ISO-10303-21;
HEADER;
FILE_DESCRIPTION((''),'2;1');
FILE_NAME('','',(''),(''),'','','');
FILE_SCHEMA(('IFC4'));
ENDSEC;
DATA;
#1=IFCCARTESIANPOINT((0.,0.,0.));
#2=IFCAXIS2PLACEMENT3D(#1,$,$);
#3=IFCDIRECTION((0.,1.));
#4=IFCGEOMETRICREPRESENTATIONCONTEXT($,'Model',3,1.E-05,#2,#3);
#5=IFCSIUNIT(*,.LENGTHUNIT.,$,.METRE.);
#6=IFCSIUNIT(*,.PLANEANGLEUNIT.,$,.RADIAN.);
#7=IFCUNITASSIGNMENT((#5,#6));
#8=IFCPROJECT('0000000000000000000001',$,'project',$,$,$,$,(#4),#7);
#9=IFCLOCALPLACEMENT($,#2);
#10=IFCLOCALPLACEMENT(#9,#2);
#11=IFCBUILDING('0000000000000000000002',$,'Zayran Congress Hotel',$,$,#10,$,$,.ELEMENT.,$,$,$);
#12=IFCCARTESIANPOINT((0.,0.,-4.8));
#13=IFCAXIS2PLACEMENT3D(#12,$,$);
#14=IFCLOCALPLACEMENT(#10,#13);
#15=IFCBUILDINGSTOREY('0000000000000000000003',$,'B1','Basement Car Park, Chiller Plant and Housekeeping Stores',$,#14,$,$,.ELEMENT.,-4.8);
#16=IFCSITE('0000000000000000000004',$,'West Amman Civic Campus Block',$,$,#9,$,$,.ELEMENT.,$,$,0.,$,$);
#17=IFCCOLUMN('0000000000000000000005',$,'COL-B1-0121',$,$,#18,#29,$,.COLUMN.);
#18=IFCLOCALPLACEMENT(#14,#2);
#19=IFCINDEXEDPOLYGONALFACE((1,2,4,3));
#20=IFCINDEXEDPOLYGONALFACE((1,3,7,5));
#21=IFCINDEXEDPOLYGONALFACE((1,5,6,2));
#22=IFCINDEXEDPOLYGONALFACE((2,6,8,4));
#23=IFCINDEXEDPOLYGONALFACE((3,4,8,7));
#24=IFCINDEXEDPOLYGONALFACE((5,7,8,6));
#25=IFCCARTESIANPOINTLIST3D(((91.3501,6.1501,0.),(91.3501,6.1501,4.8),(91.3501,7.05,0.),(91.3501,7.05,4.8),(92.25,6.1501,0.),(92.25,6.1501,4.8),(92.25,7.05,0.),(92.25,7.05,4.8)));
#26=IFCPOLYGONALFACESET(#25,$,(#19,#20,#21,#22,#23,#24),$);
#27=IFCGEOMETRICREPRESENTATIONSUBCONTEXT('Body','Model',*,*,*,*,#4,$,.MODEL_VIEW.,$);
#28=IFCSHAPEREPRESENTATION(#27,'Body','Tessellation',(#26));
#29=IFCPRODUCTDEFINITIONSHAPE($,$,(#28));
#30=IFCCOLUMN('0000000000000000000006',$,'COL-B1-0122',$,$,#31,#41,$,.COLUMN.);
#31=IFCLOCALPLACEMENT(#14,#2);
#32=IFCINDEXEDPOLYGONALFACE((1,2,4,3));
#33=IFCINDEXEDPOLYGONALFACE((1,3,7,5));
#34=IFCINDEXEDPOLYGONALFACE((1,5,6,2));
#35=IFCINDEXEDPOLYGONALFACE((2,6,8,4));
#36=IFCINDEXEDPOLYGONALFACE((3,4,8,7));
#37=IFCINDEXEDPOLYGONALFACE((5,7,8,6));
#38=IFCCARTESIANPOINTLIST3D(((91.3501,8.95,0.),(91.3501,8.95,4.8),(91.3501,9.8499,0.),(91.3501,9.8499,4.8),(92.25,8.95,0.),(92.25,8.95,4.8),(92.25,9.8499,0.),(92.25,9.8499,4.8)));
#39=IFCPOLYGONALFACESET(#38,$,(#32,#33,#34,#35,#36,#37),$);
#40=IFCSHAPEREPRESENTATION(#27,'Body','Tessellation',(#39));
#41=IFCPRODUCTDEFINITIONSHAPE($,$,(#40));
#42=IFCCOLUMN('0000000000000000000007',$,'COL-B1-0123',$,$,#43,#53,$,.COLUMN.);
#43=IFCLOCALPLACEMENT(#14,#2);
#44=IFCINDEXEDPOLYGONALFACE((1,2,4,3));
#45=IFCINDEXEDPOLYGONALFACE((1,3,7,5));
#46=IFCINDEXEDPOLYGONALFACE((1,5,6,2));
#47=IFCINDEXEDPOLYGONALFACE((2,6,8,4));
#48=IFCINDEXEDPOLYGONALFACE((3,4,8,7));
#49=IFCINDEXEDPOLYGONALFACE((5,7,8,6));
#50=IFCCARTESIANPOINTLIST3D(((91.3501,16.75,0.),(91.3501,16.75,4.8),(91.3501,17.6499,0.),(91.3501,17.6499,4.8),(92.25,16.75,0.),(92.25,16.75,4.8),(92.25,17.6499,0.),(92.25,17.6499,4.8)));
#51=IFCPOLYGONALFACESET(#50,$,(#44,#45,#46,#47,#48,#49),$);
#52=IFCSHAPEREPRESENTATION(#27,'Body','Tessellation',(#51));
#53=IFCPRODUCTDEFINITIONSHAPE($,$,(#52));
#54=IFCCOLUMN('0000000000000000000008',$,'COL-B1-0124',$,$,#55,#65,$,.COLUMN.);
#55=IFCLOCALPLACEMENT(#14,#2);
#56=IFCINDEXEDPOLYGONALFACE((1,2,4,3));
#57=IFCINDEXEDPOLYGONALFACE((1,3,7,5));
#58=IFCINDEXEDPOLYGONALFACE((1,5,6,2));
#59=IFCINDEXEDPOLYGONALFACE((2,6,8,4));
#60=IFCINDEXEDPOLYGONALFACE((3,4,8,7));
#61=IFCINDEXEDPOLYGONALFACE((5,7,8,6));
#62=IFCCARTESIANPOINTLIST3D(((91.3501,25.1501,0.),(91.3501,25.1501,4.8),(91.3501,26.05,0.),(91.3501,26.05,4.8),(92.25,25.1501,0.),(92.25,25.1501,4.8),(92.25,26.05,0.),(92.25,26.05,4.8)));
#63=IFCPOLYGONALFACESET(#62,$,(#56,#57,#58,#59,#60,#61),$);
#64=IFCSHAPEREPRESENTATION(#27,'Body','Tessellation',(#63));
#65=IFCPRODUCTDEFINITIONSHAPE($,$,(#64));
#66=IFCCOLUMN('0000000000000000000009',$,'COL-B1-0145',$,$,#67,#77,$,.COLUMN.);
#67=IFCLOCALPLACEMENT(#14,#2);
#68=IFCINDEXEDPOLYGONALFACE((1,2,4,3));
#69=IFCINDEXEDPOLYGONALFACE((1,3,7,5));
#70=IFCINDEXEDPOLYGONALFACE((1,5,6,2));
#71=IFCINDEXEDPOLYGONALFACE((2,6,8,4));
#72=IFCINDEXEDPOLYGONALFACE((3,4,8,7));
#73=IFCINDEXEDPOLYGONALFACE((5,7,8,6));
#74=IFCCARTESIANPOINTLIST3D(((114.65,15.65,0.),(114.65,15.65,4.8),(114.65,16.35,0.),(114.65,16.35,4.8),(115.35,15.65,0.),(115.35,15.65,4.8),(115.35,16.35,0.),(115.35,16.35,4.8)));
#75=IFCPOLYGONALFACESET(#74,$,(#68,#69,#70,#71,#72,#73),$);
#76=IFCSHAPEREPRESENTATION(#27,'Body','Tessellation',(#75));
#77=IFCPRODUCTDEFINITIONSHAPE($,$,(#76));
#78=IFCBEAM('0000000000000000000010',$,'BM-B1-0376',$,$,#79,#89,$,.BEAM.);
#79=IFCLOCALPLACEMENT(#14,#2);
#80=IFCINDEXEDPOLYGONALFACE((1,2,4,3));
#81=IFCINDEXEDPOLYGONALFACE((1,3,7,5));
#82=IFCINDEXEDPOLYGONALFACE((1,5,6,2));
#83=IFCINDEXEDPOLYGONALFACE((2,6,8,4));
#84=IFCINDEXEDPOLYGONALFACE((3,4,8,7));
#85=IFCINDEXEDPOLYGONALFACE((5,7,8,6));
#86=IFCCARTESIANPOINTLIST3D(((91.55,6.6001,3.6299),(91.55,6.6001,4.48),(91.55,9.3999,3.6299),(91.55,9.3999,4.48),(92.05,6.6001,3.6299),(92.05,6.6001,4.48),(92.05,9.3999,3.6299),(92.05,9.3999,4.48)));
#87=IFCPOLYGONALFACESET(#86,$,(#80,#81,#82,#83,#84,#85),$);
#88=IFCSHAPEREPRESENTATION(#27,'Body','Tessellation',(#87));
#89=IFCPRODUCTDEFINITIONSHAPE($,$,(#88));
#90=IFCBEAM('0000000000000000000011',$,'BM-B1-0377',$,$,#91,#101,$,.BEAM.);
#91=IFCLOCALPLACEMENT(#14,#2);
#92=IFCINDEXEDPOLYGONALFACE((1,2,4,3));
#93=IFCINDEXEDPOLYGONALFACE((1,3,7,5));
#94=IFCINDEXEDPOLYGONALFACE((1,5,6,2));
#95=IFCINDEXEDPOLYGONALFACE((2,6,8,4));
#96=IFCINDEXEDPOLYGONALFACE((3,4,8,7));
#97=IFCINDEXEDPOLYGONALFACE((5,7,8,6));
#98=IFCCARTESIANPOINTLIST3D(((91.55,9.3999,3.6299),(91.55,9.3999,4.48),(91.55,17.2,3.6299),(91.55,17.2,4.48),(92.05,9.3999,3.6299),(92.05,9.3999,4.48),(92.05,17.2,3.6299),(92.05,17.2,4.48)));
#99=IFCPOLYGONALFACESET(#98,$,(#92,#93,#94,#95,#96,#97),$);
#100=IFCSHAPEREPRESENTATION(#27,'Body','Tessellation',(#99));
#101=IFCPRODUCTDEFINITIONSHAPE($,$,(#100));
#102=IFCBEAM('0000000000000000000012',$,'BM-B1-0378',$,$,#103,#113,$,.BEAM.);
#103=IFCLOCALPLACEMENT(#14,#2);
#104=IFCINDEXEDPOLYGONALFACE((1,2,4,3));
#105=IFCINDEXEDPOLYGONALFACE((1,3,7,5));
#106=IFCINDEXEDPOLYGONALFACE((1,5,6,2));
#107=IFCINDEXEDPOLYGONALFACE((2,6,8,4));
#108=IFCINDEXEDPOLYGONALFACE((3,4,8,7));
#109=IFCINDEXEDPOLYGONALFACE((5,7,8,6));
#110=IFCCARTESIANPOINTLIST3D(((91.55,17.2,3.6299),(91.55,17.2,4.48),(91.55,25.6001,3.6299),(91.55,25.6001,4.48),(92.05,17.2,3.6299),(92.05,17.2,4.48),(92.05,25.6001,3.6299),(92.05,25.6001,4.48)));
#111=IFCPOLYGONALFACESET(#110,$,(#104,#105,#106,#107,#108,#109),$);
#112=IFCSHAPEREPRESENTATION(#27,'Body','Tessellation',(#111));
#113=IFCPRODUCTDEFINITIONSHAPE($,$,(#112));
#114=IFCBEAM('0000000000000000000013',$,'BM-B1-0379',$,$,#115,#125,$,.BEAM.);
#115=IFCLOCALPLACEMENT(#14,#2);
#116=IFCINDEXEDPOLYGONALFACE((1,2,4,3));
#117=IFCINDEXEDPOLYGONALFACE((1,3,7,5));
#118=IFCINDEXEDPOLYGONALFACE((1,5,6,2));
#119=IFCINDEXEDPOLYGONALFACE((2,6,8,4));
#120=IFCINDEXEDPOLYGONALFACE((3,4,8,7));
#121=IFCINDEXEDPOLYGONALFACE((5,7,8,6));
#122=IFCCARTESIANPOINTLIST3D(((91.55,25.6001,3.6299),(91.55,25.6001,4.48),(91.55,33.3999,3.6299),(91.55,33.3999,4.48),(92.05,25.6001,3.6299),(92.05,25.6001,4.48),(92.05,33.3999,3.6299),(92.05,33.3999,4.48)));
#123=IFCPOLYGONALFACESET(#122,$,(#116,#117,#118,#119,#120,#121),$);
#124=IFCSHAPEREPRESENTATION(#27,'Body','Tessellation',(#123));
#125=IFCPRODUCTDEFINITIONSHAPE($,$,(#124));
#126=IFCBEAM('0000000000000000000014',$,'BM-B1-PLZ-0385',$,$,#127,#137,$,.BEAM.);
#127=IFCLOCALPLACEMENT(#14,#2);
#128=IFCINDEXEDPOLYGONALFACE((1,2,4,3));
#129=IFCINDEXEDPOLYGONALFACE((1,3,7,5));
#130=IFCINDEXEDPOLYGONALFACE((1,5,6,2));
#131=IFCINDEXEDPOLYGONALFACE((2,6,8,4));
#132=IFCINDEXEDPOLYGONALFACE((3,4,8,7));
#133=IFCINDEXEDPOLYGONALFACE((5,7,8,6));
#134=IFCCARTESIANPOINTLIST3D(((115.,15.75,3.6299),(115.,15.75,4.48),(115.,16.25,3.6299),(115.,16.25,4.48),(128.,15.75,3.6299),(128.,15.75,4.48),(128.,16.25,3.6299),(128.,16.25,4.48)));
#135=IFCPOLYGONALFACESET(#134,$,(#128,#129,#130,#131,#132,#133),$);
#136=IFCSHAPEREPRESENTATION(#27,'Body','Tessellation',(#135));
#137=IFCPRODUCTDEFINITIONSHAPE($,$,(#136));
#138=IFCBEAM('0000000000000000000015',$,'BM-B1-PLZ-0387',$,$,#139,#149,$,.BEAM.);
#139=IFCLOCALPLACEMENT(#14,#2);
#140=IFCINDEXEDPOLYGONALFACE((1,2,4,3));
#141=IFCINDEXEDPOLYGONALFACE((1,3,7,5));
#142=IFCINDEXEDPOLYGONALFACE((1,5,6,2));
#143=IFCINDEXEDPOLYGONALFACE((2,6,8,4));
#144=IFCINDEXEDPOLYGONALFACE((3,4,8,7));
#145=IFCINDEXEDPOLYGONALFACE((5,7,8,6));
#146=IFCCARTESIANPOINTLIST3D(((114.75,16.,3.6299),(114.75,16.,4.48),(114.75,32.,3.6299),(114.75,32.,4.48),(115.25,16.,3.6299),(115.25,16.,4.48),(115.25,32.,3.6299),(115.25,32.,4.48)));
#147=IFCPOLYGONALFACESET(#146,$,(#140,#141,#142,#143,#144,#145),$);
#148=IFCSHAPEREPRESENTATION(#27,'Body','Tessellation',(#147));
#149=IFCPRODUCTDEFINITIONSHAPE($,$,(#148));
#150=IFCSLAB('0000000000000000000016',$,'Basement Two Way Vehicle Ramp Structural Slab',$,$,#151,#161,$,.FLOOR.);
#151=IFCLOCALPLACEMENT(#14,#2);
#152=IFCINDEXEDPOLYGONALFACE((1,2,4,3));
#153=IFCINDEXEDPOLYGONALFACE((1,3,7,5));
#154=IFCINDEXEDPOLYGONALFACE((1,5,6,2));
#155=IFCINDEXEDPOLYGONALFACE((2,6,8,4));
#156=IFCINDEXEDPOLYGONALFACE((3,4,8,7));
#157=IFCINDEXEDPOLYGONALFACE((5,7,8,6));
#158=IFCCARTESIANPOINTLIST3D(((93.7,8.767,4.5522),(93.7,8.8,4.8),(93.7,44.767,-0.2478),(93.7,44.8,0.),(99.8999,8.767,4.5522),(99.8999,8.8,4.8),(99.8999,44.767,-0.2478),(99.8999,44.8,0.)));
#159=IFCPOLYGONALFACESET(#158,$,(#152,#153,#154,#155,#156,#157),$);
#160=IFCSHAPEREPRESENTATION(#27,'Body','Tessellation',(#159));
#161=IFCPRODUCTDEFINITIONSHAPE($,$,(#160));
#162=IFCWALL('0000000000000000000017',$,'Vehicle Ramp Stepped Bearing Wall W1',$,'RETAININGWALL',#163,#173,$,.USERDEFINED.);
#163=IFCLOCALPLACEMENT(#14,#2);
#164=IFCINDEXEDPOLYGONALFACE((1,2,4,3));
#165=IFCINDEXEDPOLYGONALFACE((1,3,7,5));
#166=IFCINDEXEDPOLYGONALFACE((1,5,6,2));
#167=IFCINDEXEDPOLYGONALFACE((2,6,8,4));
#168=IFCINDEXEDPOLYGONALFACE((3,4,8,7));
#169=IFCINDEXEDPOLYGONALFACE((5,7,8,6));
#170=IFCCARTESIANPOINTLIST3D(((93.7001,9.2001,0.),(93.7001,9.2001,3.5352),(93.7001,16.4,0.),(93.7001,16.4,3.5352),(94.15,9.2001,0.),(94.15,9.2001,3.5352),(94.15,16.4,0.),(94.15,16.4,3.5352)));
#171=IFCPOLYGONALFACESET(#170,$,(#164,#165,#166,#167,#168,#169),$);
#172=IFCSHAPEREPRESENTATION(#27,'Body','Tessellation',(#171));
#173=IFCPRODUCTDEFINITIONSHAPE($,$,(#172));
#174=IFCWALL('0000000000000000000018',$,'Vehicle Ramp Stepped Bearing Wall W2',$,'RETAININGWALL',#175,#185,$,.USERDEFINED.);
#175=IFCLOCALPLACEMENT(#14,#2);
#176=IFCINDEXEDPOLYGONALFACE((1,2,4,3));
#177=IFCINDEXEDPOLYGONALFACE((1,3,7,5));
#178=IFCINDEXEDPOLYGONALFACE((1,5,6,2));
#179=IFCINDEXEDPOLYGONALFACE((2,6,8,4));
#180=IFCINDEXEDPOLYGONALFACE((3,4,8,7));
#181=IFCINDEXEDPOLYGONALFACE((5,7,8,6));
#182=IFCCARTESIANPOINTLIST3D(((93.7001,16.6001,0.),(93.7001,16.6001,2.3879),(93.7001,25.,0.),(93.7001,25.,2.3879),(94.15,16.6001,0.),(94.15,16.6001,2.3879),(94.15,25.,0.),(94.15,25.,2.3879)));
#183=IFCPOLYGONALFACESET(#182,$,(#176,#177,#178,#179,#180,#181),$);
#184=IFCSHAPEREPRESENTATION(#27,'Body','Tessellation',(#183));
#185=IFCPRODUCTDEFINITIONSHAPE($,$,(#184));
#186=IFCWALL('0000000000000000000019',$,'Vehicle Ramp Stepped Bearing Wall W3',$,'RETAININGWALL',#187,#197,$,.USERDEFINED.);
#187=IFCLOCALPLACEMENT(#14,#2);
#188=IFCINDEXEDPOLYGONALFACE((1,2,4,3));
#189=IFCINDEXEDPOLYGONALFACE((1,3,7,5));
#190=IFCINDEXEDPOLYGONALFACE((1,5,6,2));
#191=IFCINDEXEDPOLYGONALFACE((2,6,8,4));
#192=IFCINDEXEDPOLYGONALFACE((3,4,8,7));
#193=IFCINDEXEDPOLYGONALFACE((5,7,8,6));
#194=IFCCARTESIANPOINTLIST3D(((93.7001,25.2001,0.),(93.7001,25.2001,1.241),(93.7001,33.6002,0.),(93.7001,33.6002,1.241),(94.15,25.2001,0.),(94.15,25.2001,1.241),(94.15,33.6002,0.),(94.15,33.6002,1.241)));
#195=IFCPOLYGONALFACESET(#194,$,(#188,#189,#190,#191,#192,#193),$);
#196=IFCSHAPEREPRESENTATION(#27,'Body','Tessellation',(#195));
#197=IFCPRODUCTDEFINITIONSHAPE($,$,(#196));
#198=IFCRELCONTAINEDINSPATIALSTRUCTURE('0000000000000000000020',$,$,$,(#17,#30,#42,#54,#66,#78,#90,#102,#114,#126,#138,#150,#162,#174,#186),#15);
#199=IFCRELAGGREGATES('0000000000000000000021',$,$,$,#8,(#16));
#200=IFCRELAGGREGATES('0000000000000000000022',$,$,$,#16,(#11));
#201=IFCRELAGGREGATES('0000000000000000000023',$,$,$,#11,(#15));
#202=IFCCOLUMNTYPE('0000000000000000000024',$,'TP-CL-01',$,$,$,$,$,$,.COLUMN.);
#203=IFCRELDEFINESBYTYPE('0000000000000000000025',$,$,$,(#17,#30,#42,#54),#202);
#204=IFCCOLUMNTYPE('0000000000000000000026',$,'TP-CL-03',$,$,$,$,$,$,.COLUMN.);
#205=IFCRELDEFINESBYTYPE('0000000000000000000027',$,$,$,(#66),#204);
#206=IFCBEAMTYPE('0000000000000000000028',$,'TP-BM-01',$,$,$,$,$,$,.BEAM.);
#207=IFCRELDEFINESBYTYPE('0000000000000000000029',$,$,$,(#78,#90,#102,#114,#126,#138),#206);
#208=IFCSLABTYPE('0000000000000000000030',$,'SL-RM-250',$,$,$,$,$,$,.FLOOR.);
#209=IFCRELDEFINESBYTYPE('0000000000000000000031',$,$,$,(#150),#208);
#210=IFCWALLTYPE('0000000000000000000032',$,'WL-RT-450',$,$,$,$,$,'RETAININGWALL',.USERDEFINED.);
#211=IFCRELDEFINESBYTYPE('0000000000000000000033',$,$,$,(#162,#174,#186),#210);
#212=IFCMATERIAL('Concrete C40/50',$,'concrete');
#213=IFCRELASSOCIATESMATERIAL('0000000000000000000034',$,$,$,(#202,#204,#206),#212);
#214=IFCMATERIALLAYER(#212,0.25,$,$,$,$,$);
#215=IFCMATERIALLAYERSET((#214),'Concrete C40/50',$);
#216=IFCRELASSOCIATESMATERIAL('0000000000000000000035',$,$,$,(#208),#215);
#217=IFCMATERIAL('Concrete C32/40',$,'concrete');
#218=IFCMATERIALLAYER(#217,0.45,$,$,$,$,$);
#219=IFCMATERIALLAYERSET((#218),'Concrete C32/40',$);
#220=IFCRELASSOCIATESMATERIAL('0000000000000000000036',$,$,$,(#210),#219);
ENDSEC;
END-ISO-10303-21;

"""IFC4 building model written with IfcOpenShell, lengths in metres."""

from ifc_helpers import new_model, si_unit, direction, frame, frame_2d, origin, origin_2d, place, context, subcontext, project, spatial, polyline, rectangle, outline, extrude, material, layer, layer_set, material_profile, profile_set, type_object, element, save


model = new_model("IFC4")

# Units and contexts
model_context = context("Model", 3, precision=1e-05, world=origin(), true_north=direction((0.0, 1.0)))
body_context = subcontext(model_context, "Body", "Model", "MODEL_VIEW")
ifc_project = project(units=[si_unit("LENGTHUNIT", "METRE"), si_unit("PLANEANGLEUNIT", "RADIAN")], contexts=[model_context])

# Site, building, storey
site_placement = place(None, origin())
site = spatial("IfcSite", under=ifc_project, at=site_placement, Name="West Amman Civic Campus Block", CompositionType="ELEMENT", RefElevation=0.0)
building_placement = place(site_placement, origin())
building = spatial("IfcBuilding", under=site, at=building_placement, Name="Zayran Congress Hotel", CompositionType="ELEMENT")
storey_placement = place(building_placement, frame((0.0, 0.0, -4.8)))
storey = spatial("IfcBuildingStorey", under=building, at=storey_placement, Name="B1", Description="Basement Car Park, Chiller Plant and Housekeeping Stores", CompositionType="ELEMENT", Elevation=-4.8)

# Shared definitions
ifc_material_1 = material(Name="Concrete C40/50", Category="concrete")

# Columns
ifc_material_profile_1 = material_profile(ifc_material_1, rectangle(XDim=0.8999, YDim=0.8999, at=origin_2d()), Name="RC 900x900")
ifc_profile_set_1 = profile_set([ifc_material_profile_1], Name="Concrete C40/50")
column_type_1 = type_object("IfcColumnType", Name="TP-CL-01", PredefinedType="COLUMN", material=ifc_profile_set_1)
for number, where, z_axis, x_axis, name in (
    (1, (91.8, 6.6001, 0.0), (0.0, 0.0, 1.0), (1.0, 0.0, 0.0), "COL-B1-0121"),
    (2, (91.8, 9.3999, 0.0), (0.0, 0.0, 1.0), (1.0, 0.0, 0.0), "COL-B1-0122"),
    (3, (91.8, 17.2, 0.0), (0.0, 0.0, 1.0), (1.0, 0.0, 0.0), "COL-B1-0123"),
    (4, (91.8, 25.6001, 0.0), (0.0, 0.0, 1.0), (1.0, 0.0, 0.0), "COL-B1-0124"),
):
    element("IfcColumn", number, at=place(storey_placement, frame(where, z_axis=z_axis, x_axis=x_axis)), inside=storey, type_object=column_type_1, Name=name, PredefinedType="COLUMN", context=body_context, shape_type="SweptSolid", body=[
        extrude(rectangle(XDim=0.8999, YDim=0.8999, at=origin_2d()), origin(), (0.0, 0.0, 1.0), 4.8),
    ])
ifc_material_profile_2 = material_profile(ifc_material_1, rectangle(XDim=0.7, YDim=0.7, at=origin_2d()), Name="RC 700x700")
ifc_profile_set_2 = profile_set([ifc_material_profile_2], Name="Concrete C40/50")
column_type_2 = type_object("IfcColumnType", Name="TP-CL-03", PredefinedType="COLUMN", material=ifc_profile_set_2)
column_placement = place(storey_placement, frame((115.0, 16.0, 0.0), z_axis=(0.0, 0.0, 1.0), x_axis=(1.0, 0.0, 0.0)))
element("IfcColumn", 5, at=column_placement, inside=storey, type_object=column_type_2, Name="COL-B1-0145", PredefinedType="COLUMN", context=body_context, shape_type="SweptSolid", body=[
    extrude(rectangle(XDim=0.7, YDim=0.7, at=origin_2d()), origin(), (0.0, 0.0, 1.0), 4.8),
])

# Beams
ifc_material_profile_3 = material_profile(ifc_material_1, rectangle(XDim=0.5, YDim=0.8501, at=origin_2d()), Name="RC 500x850")
ifc_profile_set_3 = profile_set([ifc_material_profile_3], Name="Concrete C40/50")
beam_type = type_object("IfcBeamType", Name="TP-BM-01", PredefinedType="BEAM", material=ifc_profile_set_3)
beam_1_placement = place(storey_placement, frame((91.8, 6.6001, 4.0549), z_axis=(0.0, 1.0, 0.0), x_axis=(-1.0, 0.0, 0.0)))
element("IfcBeam", 6, at=beam_1_placement, inside=storey, type_object=beam_type, Name="BM-B1-0376", PredefinedType="BEAM", context=body_context, shape_type="SweptSolid", body=[
    extrude(rectangle(XDim=0.5, YDim=0.8501, at=origin_2d()), origin(), (0.0, 0.0, 1.0), 2.7998),
])
beam_2_placement = place(storey_placement, frame((91.8, 9.3999, 4.0549), z_axis=(0.0, 1.0, 0.0), x_axis=(-1.0, 0.0, 0.0)))
element("IfcBeam", 7, at=beam_2_placement, inside=storey, type_object=beam_type, Name="BM-B1-0377", PredefinedType="BEAM", context=body_context, shape_type="SweptSolid", body=[
    extrude(rectangle(XDim=0.5, YDim=0.8501, at=origin_2d()), origin(), (0.0, 0.0, 1.0), 7.8),
])
beam_3_placement = place(storey_placement, frame((91.8, 17.2, 4.0549), z_axis=(0.0, 1.0, 0.0), x_axis=(-1.0, 0.0, 0.0)))
element("IfcBeam", 8, at=beam_3_placement, inside=storey, type_object=beam_type, Name="BM-B1-0378", PredefinedType="BEAM", context=body_context, shape_type="SweptSolid", body=[
    extrude(rectangle(XDim=0.5, YDim=0.8501, at=origin_2d()), origin(), (0.0, 0.0, 1.0), 8.4001),
])
beam_4_placement = place(storey_placement, frame((91.8, 25.6001, 4.0549), z_axis=(0.0, 1.0, 0.0), x_axis=(-1.0, 0.0, 0.0)))
element("IfcBeam", 9, at=beam_4_placement, inside=storey, type_object=beam_type, Name="BM-B1-0379", PredefinedType="BEAM", context=body_context, shape_type="SweptSolid", body=[
    extrude(rectangle(XDim=0.5, YDim=0.8501, at=origin_2d()), origin(), (0.0, 0.0, 1.0), 7.7998),
])
beam_5_placement = place(storey_placement, frame((115.0, 16.0, 4.0549), z_axis=(1.0, 0.0, 0.0), x_axis=(0.0, 1.0, 0.0)))
element("IfcBeam", 10, at=beam_5_placement, inside=storey, type_object=beam_type, Name="BM-B1-PLZ-0385", PredefinedType="BEAM", context=body_context, shape_type="SweptSolid", body=[
    extrude(rectangle(XDim=0.5, YDim=0.8501, at=origin_2d()), origin(), (0.0, 0.0, 1.0), 13.0),
])
beam_6_placement = place(storey_placement, frame((115.0, 16.0, 4.0549), z_axis=(0.0, 1.0, 0.0), x_axis=(-1.0, 0.0, 0.0)))
element("IfcBeam", 11, at=beam_6_placement, inside=storey, type_object=beam_type, Name="BM-B1-PLZ-0387", PredefinedType="BEAM", context=body_context, shape_type="SweptSolid", body=[
    extrude(rectangle(XDim=0.5, YDim=0.8501, at=origin_2d()), origin(), (0.0, 0.0, 1.0), 16.0),
])

# Slab
ifc_layer_1 = layer(ifc_material_1, 0.25)
ifc_layer_set_1 = layer_set([ifc_layer_1], Name="Concrete C40/50")
slab_type = type_object("IfcSlabType", Name="SL-RM-250", PredefinedType="FLOOR", material=ifc_layer_set_1)
slab_placement = place(storey_placement, frame((93.7, 8.8, 4.8), z_axis=(0.0, 0.132165, 0.991228), x_axis=(1.0, 0.0, 0.0)))
element("IfcSlab", 12, at=slab_placement, inside=storey, type_object=slab_type, Name="Basement Two Way Vehicle Ramp Structural Slab", PredefinedType="FLOOR", context=body_context, shape_type="SweptSolid", body=[
    extrude(outline(polyline([(0.0, 0.0), (6.2, 0.0), (6.2, 36.3186), (0.0, 36.3186), (0.0, 0.0)])), origin(), (0.0, 0.0, -1.0), 0.25),
])

# Walls
ifc_material_2 = material(Name="Concrete C32/40", Category="concrete")
ifc_layer_2 = layer(ifc_material_2, 0.45)
ifc_layer_set_2 = layer_set([ifc_layer_2], Name="Concrete C32/40")
wall_type = type_object("IfcWallType", Name="WL-RT-450", ElementType="RETAININGWALL", PredefinedType="USERDEFINED", material=ifc_layer_set_2)
wall_1_placement = place(storey_placement, frame((93.925, 9.2, 0.0), z_axis=(0.0, 0.0, 1.0), x_axis=(0.0, 1.0, 0.0)))
element("IfcWall", 13, at=wall_1_placement, inside=storey, type_object=wall_type, Name="Vehicle Ramp Stepped Bearing Wall W1", ObjectType="RETAININGWALL", PredefinedType="USERDEFINED", context=body_context, shape_type="SweptSolid", body=[
    extrude(rectangle(XDim=7.2, YDim=0.45, at=frame_2d((3.6001, 0.0))), origin(), (0.0, 0.0, 1.0), 3.5352),
])
wall_2_placement = place(storey_placement, frame((93.925, 16.6001, 0.0), z_axis=(0.0, 0.0, 1.0), x_axis=(0.0, 1.0, 0.0)))
element("IfcWall", 14, at=wall_2_placement, inside=storey, type_object=wall_type, Name="Vehicle Ramp Stepped Bearing Wall W2", ObjectType="RETAININGWALL", PredefinedType="USERDEFINED", context=body_context, shape_type="SweptSolid", body=[
    extrude(rectangle(XDim=8.3999, YDim=0.45, at=frame_2d((4.2, 0.0))), origin(), (0.0, 0.0, 1.0), 2.3879),
])
wall_3_placement = place(storey_placement, frame((93.925, 25.2, 0.0), z_axis=(0.0, 0.0, 1.0), x_axis=(0.0, 1.0, 0.0)))
element("IfcWall", 15, at=wall_3_placement, inside=storey, type_object=wall_type, Name="Vehicle Ramp Stepped Bearing Wall W3", ObjectType="RETAININGWALL", PredefinedType="USERDEFINED", context=body_context, shape_type="SweptSolid", body=[
    extrude(rectangle(XDim=8.4001, YDim=0.45, at=frame_2d((4.2002, 0.0))), origin(), (0.0, 0.0, 1.0), 1.241),
])

save(model, "model.ifc")
